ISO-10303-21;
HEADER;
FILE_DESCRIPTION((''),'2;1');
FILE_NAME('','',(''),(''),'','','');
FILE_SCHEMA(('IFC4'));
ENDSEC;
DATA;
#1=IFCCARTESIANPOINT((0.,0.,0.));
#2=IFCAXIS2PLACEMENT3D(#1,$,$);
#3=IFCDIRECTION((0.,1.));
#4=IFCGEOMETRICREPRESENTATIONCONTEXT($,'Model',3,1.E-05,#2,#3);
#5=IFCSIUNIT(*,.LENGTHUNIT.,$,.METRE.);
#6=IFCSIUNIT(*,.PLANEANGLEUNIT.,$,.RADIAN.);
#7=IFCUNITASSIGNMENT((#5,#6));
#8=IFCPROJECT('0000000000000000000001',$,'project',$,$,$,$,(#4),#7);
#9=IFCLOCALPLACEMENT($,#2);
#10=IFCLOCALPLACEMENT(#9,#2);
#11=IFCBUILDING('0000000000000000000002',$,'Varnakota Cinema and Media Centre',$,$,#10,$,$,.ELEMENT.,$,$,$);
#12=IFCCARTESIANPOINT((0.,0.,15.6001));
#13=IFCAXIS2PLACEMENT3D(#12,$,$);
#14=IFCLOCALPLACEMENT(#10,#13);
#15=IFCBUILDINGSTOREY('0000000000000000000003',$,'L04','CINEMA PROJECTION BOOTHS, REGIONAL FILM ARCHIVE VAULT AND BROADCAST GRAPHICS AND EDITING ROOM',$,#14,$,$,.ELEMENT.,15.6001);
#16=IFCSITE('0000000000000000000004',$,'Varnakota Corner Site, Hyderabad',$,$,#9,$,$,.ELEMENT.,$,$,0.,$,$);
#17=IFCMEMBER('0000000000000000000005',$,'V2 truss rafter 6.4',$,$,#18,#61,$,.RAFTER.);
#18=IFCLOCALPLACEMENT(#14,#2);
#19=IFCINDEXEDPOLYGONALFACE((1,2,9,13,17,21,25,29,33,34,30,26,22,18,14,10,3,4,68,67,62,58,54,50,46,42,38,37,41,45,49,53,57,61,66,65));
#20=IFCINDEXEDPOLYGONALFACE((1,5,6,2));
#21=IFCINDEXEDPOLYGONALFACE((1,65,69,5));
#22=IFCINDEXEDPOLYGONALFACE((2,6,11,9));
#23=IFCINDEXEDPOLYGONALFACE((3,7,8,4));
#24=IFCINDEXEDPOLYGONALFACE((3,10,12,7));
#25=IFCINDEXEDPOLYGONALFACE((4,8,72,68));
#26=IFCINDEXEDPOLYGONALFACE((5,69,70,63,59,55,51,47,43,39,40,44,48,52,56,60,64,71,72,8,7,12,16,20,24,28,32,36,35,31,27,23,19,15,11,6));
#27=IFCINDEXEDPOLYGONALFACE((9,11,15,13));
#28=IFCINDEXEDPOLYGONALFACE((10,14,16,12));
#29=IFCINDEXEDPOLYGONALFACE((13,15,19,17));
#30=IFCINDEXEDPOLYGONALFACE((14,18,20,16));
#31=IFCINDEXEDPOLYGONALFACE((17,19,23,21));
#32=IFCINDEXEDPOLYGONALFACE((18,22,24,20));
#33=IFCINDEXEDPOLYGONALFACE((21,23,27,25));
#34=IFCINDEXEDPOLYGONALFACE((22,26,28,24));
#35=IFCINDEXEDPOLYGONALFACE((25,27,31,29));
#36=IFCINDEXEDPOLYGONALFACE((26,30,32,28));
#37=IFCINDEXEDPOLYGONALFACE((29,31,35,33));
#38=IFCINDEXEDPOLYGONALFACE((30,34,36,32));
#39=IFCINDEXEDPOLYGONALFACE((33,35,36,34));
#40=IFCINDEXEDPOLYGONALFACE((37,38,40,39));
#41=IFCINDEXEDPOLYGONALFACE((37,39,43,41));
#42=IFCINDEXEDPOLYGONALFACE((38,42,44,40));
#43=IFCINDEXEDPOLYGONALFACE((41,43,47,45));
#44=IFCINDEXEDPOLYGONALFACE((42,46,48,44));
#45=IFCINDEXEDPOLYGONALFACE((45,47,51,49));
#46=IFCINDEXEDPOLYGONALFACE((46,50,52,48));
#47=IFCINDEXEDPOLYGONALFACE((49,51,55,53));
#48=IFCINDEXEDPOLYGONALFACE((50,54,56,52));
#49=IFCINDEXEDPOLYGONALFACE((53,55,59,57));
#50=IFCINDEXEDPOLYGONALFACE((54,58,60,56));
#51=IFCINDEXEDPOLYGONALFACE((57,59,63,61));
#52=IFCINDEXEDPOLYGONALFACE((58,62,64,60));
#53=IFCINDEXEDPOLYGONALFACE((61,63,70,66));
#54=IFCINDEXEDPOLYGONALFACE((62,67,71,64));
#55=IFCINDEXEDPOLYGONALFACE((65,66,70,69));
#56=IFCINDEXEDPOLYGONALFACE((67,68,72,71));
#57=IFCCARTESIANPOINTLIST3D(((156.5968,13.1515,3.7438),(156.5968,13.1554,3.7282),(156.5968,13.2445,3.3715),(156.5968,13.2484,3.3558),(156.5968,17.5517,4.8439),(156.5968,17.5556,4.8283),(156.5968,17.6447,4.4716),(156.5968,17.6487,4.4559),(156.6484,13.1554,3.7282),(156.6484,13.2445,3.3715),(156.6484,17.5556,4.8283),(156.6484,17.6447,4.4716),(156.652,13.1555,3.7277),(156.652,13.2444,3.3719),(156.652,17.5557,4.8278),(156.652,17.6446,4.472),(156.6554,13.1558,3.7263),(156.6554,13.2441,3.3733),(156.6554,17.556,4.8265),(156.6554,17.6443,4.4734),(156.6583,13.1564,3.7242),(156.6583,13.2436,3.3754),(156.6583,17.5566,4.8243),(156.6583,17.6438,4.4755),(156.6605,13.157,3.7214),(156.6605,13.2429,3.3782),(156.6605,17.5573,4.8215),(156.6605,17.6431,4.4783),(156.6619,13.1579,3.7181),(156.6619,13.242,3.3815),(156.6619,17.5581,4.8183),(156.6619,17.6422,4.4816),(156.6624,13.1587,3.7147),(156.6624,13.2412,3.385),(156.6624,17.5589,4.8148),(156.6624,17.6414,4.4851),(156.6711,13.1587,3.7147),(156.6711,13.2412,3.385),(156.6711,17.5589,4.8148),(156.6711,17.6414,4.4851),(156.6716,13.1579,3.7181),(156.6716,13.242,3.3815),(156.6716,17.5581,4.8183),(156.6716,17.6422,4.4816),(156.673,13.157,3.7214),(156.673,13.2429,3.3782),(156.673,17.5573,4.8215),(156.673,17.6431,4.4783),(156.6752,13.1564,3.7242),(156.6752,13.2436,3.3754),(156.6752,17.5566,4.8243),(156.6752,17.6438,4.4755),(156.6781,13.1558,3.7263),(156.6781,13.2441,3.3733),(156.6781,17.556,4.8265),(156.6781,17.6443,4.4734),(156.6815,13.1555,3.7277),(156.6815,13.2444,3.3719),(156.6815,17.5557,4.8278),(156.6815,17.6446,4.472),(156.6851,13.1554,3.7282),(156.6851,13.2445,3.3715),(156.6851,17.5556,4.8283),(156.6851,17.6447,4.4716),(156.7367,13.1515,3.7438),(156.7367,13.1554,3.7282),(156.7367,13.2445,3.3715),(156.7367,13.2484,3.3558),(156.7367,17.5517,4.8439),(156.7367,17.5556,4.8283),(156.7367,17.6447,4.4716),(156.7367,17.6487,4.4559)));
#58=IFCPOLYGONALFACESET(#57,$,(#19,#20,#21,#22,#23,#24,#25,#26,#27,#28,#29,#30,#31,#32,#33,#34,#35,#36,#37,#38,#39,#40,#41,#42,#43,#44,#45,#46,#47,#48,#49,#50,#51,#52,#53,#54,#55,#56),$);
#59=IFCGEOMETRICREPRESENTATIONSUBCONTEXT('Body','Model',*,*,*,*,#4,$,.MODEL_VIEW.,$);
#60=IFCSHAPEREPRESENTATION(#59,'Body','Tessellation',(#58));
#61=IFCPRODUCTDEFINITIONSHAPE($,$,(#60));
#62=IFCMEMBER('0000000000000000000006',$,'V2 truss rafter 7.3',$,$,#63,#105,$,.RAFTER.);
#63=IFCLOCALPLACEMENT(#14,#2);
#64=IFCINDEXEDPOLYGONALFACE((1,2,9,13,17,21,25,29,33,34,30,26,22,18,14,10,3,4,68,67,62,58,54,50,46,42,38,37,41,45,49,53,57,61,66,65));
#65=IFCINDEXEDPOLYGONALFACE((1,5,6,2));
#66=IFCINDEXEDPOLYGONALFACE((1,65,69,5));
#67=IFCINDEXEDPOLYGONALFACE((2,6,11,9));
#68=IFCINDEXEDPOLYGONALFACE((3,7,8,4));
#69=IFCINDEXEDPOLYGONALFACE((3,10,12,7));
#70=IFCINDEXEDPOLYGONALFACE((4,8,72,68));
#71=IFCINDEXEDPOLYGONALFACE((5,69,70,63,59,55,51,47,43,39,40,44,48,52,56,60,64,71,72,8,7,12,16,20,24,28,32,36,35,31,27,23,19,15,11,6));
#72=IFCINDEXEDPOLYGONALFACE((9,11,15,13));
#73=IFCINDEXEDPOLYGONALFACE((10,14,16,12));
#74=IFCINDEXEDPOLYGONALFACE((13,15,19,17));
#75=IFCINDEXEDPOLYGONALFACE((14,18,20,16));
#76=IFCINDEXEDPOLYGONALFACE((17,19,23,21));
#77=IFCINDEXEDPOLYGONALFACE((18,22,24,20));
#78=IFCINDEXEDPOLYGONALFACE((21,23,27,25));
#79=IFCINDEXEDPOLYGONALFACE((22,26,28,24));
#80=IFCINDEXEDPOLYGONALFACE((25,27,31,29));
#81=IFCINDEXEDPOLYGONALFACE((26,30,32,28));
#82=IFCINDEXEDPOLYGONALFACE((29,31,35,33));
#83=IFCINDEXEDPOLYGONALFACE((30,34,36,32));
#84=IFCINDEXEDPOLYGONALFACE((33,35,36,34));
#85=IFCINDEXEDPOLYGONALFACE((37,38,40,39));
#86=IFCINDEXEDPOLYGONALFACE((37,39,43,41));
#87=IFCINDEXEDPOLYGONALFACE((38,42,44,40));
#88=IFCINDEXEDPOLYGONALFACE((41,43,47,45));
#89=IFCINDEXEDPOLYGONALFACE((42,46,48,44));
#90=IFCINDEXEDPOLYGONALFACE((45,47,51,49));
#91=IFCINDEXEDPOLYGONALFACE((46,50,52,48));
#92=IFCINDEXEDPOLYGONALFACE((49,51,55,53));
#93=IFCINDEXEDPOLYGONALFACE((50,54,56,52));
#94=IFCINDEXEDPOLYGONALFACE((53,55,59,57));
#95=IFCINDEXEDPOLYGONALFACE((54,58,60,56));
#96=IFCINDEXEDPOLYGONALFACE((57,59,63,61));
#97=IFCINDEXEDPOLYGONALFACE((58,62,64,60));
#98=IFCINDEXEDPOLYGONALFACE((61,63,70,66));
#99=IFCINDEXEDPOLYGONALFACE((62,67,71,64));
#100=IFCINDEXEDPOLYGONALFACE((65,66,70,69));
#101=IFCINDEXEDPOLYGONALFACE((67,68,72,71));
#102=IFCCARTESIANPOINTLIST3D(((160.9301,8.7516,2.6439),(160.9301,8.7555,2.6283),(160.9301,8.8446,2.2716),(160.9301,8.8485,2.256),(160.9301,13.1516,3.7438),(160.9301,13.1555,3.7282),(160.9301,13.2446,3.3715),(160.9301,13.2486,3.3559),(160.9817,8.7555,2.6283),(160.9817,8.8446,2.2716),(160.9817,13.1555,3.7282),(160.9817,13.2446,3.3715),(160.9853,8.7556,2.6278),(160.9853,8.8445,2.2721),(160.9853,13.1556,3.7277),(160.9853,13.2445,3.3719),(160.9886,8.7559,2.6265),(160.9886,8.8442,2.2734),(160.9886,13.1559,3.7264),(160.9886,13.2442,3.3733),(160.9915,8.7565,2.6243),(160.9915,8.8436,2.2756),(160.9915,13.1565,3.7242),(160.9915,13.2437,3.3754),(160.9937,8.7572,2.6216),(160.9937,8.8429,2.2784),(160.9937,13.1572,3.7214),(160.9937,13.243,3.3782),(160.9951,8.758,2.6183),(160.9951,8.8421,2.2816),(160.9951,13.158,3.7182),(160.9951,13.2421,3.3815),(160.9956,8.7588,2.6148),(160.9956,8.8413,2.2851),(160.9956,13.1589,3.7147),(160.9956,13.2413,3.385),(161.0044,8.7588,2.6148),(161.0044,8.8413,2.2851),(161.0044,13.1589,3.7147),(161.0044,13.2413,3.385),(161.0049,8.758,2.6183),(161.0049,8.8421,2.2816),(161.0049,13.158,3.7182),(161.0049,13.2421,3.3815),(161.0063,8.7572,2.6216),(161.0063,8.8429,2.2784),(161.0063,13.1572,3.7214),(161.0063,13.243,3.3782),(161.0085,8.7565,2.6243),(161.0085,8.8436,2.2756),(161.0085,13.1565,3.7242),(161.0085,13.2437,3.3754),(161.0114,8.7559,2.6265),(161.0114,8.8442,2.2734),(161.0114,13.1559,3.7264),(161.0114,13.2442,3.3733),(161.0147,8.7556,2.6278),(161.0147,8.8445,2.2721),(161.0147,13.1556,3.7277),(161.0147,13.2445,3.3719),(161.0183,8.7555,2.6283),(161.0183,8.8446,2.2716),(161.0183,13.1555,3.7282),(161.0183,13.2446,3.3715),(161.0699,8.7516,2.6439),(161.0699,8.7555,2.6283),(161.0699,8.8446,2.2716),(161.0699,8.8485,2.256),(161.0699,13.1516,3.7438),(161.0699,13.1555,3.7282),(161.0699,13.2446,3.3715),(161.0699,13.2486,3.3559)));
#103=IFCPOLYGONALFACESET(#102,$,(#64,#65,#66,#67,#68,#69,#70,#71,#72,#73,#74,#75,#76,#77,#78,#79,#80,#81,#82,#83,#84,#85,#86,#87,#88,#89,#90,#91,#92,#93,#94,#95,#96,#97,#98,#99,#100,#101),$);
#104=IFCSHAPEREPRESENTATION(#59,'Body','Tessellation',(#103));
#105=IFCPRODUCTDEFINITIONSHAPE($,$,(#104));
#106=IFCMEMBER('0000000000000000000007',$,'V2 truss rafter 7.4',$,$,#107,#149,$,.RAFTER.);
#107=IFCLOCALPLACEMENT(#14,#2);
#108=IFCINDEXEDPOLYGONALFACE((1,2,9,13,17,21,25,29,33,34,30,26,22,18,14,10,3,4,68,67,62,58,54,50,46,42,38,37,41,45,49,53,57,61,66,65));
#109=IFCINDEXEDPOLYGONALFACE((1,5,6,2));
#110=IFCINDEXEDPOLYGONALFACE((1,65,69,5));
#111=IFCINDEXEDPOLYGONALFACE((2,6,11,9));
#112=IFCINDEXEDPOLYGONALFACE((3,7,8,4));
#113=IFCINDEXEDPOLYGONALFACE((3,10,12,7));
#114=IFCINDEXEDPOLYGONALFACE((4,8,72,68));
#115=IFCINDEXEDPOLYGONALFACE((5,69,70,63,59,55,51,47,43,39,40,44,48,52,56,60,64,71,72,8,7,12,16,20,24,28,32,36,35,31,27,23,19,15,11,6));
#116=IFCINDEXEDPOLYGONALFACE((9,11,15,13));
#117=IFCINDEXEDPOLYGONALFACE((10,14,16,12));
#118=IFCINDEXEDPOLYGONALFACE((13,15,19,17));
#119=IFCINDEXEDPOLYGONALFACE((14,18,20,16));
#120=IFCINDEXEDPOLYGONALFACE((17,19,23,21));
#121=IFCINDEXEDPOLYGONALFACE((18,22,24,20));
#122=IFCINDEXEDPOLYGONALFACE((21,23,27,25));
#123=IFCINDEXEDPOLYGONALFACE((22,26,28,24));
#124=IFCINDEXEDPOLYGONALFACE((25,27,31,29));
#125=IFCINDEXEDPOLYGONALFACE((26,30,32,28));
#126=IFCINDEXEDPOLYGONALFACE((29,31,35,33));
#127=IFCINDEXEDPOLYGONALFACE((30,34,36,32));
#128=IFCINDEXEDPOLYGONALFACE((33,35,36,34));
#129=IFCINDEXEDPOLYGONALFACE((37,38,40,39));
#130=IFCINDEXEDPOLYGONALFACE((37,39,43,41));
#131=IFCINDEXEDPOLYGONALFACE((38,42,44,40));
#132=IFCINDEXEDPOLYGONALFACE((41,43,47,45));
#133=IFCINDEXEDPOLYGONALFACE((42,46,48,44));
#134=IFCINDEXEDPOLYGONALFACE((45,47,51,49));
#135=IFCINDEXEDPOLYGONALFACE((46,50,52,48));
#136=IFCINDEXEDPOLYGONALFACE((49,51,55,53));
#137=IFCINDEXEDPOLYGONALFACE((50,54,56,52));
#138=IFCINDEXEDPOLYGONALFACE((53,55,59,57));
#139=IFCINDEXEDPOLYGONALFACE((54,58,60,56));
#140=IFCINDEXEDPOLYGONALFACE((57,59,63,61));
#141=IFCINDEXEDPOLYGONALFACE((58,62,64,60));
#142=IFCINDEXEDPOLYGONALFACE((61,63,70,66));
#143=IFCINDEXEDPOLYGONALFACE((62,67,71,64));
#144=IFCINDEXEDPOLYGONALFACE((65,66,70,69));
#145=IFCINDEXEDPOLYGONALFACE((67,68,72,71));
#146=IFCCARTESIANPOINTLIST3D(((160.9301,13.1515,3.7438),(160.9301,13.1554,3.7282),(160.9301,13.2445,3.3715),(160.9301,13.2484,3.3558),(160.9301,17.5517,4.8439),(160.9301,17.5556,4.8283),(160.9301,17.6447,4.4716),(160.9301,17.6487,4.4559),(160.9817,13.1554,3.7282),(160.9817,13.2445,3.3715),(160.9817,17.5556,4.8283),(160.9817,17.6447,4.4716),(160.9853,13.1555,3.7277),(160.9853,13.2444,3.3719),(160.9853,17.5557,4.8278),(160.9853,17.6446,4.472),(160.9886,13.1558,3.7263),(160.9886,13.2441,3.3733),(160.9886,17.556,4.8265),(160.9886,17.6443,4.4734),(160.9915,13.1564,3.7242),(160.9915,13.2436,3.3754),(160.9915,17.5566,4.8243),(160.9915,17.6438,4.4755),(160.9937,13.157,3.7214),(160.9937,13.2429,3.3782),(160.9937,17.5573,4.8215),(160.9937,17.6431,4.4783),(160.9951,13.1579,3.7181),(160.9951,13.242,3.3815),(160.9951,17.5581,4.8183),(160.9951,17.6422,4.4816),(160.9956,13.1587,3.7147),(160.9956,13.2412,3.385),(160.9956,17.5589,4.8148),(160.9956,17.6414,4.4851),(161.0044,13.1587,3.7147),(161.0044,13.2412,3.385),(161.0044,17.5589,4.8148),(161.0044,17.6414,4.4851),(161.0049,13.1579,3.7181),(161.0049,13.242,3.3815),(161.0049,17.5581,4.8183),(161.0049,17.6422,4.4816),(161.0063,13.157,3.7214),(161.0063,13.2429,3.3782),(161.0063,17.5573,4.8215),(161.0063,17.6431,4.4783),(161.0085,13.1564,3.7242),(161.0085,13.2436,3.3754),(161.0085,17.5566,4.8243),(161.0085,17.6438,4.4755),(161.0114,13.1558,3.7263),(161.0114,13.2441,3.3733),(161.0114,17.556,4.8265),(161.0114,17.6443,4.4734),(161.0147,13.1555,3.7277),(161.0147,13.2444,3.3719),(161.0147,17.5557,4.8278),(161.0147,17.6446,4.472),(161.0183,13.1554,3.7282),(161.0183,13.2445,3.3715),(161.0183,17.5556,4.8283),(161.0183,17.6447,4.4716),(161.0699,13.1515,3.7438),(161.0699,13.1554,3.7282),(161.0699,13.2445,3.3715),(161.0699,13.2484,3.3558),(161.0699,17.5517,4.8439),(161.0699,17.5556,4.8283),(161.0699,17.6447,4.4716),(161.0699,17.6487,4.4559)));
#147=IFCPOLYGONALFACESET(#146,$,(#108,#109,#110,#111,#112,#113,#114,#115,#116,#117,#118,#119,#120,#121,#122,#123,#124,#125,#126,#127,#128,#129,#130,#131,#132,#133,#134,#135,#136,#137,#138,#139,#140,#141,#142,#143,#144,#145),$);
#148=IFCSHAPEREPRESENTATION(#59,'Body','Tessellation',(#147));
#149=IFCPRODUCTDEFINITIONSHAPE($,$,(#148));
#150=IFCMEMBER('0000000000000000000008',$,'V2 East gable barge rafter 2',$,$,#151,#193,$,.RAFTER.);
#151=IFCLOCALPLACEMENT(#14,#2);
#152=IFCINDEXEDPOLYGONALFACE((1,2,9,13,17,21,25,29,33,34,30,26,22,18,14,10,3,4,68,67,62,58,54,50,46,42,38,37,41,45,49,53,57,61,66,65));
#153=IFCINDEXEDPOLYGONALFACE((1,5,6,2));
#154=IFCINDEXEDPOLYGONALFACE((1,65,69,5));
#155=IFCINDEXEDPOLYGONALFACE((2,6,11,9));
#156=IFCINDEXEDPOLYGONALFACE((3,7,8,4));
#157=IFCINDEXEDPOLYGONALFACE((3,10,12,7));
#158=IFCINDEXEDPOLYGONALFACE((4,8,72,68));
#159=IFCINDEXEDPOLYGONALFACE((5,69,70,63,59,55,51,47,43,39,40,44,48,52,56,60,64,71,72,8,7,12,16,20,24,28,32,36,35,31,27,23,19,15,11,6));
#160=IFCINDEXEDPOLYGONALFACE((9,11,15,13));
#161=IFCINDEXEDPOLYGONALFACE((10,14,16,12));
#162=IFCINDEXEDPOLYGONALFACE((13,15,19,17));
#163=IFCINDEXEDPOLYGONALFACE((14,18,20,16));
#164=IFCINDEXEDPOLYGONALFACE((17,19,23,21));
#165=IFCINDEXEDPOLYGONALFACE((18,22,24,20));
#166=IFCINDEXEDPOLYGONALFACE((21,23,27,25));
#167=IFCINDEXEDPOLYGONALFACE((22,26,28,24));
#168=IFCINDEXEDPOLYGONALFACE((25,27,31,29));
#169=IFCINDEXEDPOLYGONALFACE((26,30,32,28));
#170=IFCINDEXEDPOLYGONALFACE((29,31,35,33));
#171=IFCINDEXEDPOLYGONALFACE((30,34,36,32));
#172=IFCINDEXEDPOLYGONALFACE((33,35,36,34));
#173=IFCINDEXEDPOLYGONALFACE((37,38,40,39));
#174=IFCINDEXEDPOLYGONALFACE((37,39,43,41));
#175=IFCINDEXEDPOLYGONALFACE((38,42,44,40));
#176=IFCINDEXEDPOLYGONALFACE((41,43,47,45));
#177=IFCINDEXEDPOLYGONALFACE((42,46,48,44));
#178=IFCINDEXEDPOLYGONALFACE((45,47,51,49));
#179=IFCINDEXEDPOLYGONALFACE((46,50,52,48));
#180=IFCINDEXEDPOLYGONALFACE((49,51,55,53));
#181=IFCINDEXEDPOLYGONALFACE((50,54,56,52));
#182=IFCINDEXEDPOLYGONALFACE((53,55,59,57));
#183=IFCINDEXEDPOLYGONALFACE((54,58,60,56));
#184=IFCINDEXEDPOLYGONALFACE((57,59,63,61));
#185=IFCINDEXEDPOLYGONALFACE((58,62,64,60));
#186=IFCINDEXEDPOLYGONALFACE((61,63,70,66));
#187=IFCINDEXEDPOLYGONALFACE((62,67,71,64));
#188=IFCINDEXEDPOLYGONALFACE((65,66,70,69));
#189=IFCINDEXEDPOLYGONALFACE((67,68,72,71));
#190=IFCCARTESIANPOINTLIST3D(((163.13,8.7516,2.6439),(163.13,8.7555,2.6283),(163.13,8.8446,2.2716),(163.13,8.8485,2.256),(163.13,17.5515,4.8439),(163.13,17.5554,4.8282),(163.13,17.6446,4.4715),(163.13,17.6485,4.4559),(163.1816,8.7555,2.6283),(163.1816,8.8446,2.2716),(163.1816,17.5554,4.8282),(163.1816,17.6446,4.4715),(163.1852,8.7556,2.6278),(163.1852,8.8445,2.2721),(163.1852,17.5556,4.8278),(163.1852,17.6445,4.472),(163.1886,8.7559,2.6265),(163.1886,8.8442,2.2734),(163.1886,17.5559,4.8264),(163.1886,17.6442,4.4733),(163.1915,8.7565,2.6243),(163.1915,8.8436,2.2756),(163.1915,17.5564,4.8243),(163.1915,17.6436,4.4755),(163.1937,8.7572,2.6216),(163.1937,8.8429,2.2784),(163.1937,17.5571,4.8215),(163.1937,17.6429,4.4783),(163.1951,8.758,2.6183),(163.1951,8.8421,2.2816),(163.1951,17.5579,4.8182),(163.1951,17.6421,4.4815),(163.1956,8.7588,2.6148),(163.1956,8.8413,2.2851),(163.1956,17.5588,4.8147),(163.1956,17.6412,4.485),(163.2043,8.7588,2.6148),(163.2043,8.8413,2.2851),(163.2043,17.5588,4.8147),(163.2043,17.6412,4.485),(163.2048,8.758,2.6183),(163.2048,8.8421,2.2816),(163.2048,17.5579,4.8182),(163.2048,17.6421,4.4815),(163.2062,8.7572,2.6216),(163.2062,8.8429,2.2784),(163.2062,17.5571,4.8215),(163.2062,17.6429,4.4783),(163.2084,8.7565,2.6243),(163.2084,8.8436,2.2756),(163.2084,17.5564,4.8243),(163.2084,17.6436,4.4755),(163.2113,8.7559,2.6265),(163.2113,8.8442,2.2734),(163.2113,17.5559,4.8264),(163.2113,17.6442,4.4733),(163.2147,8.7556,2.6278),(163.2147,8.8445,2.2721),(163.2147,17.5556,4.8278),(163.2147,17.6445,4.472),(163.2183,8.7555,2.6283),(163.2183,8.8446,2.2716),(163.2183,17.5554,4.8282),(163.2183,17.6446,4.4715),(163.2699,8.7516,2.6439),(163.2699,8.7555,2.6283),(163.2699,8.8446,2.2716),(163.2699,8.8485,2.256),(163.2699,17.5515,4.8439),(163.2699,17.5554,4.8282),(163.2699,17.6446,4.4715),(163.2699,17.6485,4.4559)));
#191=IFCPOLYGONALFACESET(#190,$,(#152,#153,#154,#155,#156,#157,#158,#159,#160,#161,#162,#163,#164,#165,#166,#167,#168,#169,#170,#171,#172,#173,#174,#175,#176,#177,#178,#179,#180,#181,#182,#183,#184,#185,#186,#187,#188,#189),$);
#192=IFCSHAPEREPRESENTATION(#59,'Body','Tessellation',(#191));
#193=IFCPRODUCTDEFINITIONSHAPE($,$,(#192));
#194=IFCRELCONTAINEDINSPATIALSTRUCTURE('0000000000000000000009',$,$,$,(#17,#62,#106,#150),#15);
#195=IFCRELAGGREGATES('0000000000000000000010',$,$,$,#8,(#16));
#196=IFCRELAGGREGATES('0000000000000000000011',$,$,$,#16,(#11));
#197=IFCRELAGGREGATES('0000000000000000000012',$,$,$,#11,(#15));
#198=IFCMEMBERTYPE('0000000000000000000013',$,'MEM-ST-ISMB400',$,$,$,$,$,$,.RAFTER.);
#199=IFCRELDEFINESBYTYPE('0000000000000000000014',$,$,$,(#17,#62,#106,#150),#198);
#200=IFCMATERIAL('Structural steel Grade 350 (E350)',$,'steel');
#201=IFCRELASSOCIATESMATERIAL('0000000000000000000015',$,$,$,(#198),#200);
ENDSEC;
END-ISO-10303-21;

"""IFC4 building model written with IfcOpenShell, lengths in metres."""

from ifc_helpers import new_model, si_unit, direction, frame, origin, origin_2d, place, context, subcontext, project, spatial, i_section, extrude, material, material_profile, profile_set, type_object, element, save


model = new_model("IFC4")

# Units and contexts
model_context = context("Model", 3, precision=1e-05, world=origin(), true_north=direction((0.0, 1.0)))
body_context = subcontext(model_context, "Body", "Model", "MODEL_VIEW")
ifc_project = project(units=[si_unit("LENGTHUNIT", "METRE"), si_unit("PLANEANGLEUNIT", "RADIAN")], contexts=[model_context])

# Site, building, storey
site_placement = place(None, origin())
site = spatial("IfcSite", under=ifc_project, at=site_placement, Name="Varnakota Corner Site, Hyderabad", CompositionType="ELEMENT", RefElevation=0.0)
building_placement = place(site_placement, origin())
building = spatial("IfcBuilding", under=site, at=building_placement, Name="Varnakota Cinema and Media Centre", CompositionType="ELEMENT")
storey_placement = place(building_placement, frame((0.0, 0.0, 15.6001)))
storey = spatial("IfcBuildingStorey", under=building, at=storey_placement, Name="L04", Description="CINEMA PROJECTION BOOTHS, REGIONAL FILM ARCHIVE VAULT AND BROADCAST GRAPHICS AND EDITING ROOM", CompositionType="ELEMENT", Elevation=15.6001)

# Members
ifc_material_1 = material(Name="Structural steel Grade 350 (E350)", Category="steel")
ifc_material_profile_1 = material_profile(ifc_material_1, i_section(OverallWidth=0.1399, OverallDepth=0.3999, WebThickness=0.0088, FlangeThickness=0.0161, FilletRadius=0.0139, at=origin_2d()), Name="ISMB 400")
ifc_profile_set_1 = profile_set([ifc_material_profile_1], Name="Structural steel Grade 350 (E350)")
member_type_1 = type_object("IfcMemberType", Name="MEM-ST-ISMB400", PredefinedType="RAFTER", material=ifc_profile_set_1)
member_1_placement = place(storey_placement, frame((156.6667, 13.2, 3.5498), z_axis=(0.0, 0.970139, 0.242548), x_axis=(-1.0, 0.0, 0.0)))
element("IfcMember", 1, at=member_1_placement, inside=storey, type_object=member_type_1, Name="V2 truss rafter 6.4", PredefinedType="RAFTER", context=body_context, shape_type="SweptSolid", body=[
    extrude(i_section(OverallWidth=0.1399, OverallDepth=0.3999, WebThickness=0.0088, FlangeThickness=0.0161, FilletRadius=0.0139, at=origin_2d()), origin(), (0.0, 0.0, 1.0), 4.5356),
])
member_2_placement = place(storey_placement, frame((161.0, 8.8, 2.45), z_axis=(0.0, 0.970149, 0.24251), x_axis=(-1.0, 0.0, 0.0)))
element("IfcMember", 2, at=member_2_placement, inside=storey, type_object=member_type_1, Name="V2 truss rafter 7.3", PredefinedType="RAFTER", context=body_context, shape_type="SweptSolid", body=[
    extrude(i_section(OverallWidth=0.1399, OverallDepth=0.3999, WebThickness=0.0088, FlangeThickness=0.0161, FilletRadius=0.0139, at=origin_2d()), origin(), (0.0, 0.0, 1.0), 4.5354),
])
member_3_placement = place(storey_placement, frame((161.0, 13.2, 3.5498), z_axis=(0.0, 0.970139, 0.242548), x_axis=(-1.0, 0.0, 0.0)))
element("IfcMember", 3, at=member_3_placement, inside=storey, type_object=member_type_1, Name="V2 truss rafter 7.4", PredefinedType="RAFTER", context=body_context, shape_type="SweptSolid", body=[
    extrude(i_section(OverallWidth=0.1399, OverallDepth=0.3999, WebThickness=0.0088, FlangeThickness=0.0161, FilletRadius=0.0139, at=origin_2d()), origin(), (0.0, 0.0, 1.0), 4.5356),
])
member_4_placement = place(storey_placement, frame((163.2, 8.8, 2.45), z_axis=(0.0, 0.970144, 0.242529), x_axis=(-1.0, 0.0, 0.0)))
element("IfcMember", 4, at=member_4_placement, inside=storey, type_object=member_type_1, Name="V2 East gable barge rafter 2", PredefinedType="RAFTER", context=body_context, shape_type="SweptSolid", body=[
    extrude(i_section(OverallWidth=0.1399, OverallDepth=0.3999, WebThickness=0.0088, FlangeThickness=0.0161, FilletRadius=0.0139, at=origin_2d()), origin(), (0.0, 0.0, 1.0), 9.0708),
])

save(model, "model.ifc")
